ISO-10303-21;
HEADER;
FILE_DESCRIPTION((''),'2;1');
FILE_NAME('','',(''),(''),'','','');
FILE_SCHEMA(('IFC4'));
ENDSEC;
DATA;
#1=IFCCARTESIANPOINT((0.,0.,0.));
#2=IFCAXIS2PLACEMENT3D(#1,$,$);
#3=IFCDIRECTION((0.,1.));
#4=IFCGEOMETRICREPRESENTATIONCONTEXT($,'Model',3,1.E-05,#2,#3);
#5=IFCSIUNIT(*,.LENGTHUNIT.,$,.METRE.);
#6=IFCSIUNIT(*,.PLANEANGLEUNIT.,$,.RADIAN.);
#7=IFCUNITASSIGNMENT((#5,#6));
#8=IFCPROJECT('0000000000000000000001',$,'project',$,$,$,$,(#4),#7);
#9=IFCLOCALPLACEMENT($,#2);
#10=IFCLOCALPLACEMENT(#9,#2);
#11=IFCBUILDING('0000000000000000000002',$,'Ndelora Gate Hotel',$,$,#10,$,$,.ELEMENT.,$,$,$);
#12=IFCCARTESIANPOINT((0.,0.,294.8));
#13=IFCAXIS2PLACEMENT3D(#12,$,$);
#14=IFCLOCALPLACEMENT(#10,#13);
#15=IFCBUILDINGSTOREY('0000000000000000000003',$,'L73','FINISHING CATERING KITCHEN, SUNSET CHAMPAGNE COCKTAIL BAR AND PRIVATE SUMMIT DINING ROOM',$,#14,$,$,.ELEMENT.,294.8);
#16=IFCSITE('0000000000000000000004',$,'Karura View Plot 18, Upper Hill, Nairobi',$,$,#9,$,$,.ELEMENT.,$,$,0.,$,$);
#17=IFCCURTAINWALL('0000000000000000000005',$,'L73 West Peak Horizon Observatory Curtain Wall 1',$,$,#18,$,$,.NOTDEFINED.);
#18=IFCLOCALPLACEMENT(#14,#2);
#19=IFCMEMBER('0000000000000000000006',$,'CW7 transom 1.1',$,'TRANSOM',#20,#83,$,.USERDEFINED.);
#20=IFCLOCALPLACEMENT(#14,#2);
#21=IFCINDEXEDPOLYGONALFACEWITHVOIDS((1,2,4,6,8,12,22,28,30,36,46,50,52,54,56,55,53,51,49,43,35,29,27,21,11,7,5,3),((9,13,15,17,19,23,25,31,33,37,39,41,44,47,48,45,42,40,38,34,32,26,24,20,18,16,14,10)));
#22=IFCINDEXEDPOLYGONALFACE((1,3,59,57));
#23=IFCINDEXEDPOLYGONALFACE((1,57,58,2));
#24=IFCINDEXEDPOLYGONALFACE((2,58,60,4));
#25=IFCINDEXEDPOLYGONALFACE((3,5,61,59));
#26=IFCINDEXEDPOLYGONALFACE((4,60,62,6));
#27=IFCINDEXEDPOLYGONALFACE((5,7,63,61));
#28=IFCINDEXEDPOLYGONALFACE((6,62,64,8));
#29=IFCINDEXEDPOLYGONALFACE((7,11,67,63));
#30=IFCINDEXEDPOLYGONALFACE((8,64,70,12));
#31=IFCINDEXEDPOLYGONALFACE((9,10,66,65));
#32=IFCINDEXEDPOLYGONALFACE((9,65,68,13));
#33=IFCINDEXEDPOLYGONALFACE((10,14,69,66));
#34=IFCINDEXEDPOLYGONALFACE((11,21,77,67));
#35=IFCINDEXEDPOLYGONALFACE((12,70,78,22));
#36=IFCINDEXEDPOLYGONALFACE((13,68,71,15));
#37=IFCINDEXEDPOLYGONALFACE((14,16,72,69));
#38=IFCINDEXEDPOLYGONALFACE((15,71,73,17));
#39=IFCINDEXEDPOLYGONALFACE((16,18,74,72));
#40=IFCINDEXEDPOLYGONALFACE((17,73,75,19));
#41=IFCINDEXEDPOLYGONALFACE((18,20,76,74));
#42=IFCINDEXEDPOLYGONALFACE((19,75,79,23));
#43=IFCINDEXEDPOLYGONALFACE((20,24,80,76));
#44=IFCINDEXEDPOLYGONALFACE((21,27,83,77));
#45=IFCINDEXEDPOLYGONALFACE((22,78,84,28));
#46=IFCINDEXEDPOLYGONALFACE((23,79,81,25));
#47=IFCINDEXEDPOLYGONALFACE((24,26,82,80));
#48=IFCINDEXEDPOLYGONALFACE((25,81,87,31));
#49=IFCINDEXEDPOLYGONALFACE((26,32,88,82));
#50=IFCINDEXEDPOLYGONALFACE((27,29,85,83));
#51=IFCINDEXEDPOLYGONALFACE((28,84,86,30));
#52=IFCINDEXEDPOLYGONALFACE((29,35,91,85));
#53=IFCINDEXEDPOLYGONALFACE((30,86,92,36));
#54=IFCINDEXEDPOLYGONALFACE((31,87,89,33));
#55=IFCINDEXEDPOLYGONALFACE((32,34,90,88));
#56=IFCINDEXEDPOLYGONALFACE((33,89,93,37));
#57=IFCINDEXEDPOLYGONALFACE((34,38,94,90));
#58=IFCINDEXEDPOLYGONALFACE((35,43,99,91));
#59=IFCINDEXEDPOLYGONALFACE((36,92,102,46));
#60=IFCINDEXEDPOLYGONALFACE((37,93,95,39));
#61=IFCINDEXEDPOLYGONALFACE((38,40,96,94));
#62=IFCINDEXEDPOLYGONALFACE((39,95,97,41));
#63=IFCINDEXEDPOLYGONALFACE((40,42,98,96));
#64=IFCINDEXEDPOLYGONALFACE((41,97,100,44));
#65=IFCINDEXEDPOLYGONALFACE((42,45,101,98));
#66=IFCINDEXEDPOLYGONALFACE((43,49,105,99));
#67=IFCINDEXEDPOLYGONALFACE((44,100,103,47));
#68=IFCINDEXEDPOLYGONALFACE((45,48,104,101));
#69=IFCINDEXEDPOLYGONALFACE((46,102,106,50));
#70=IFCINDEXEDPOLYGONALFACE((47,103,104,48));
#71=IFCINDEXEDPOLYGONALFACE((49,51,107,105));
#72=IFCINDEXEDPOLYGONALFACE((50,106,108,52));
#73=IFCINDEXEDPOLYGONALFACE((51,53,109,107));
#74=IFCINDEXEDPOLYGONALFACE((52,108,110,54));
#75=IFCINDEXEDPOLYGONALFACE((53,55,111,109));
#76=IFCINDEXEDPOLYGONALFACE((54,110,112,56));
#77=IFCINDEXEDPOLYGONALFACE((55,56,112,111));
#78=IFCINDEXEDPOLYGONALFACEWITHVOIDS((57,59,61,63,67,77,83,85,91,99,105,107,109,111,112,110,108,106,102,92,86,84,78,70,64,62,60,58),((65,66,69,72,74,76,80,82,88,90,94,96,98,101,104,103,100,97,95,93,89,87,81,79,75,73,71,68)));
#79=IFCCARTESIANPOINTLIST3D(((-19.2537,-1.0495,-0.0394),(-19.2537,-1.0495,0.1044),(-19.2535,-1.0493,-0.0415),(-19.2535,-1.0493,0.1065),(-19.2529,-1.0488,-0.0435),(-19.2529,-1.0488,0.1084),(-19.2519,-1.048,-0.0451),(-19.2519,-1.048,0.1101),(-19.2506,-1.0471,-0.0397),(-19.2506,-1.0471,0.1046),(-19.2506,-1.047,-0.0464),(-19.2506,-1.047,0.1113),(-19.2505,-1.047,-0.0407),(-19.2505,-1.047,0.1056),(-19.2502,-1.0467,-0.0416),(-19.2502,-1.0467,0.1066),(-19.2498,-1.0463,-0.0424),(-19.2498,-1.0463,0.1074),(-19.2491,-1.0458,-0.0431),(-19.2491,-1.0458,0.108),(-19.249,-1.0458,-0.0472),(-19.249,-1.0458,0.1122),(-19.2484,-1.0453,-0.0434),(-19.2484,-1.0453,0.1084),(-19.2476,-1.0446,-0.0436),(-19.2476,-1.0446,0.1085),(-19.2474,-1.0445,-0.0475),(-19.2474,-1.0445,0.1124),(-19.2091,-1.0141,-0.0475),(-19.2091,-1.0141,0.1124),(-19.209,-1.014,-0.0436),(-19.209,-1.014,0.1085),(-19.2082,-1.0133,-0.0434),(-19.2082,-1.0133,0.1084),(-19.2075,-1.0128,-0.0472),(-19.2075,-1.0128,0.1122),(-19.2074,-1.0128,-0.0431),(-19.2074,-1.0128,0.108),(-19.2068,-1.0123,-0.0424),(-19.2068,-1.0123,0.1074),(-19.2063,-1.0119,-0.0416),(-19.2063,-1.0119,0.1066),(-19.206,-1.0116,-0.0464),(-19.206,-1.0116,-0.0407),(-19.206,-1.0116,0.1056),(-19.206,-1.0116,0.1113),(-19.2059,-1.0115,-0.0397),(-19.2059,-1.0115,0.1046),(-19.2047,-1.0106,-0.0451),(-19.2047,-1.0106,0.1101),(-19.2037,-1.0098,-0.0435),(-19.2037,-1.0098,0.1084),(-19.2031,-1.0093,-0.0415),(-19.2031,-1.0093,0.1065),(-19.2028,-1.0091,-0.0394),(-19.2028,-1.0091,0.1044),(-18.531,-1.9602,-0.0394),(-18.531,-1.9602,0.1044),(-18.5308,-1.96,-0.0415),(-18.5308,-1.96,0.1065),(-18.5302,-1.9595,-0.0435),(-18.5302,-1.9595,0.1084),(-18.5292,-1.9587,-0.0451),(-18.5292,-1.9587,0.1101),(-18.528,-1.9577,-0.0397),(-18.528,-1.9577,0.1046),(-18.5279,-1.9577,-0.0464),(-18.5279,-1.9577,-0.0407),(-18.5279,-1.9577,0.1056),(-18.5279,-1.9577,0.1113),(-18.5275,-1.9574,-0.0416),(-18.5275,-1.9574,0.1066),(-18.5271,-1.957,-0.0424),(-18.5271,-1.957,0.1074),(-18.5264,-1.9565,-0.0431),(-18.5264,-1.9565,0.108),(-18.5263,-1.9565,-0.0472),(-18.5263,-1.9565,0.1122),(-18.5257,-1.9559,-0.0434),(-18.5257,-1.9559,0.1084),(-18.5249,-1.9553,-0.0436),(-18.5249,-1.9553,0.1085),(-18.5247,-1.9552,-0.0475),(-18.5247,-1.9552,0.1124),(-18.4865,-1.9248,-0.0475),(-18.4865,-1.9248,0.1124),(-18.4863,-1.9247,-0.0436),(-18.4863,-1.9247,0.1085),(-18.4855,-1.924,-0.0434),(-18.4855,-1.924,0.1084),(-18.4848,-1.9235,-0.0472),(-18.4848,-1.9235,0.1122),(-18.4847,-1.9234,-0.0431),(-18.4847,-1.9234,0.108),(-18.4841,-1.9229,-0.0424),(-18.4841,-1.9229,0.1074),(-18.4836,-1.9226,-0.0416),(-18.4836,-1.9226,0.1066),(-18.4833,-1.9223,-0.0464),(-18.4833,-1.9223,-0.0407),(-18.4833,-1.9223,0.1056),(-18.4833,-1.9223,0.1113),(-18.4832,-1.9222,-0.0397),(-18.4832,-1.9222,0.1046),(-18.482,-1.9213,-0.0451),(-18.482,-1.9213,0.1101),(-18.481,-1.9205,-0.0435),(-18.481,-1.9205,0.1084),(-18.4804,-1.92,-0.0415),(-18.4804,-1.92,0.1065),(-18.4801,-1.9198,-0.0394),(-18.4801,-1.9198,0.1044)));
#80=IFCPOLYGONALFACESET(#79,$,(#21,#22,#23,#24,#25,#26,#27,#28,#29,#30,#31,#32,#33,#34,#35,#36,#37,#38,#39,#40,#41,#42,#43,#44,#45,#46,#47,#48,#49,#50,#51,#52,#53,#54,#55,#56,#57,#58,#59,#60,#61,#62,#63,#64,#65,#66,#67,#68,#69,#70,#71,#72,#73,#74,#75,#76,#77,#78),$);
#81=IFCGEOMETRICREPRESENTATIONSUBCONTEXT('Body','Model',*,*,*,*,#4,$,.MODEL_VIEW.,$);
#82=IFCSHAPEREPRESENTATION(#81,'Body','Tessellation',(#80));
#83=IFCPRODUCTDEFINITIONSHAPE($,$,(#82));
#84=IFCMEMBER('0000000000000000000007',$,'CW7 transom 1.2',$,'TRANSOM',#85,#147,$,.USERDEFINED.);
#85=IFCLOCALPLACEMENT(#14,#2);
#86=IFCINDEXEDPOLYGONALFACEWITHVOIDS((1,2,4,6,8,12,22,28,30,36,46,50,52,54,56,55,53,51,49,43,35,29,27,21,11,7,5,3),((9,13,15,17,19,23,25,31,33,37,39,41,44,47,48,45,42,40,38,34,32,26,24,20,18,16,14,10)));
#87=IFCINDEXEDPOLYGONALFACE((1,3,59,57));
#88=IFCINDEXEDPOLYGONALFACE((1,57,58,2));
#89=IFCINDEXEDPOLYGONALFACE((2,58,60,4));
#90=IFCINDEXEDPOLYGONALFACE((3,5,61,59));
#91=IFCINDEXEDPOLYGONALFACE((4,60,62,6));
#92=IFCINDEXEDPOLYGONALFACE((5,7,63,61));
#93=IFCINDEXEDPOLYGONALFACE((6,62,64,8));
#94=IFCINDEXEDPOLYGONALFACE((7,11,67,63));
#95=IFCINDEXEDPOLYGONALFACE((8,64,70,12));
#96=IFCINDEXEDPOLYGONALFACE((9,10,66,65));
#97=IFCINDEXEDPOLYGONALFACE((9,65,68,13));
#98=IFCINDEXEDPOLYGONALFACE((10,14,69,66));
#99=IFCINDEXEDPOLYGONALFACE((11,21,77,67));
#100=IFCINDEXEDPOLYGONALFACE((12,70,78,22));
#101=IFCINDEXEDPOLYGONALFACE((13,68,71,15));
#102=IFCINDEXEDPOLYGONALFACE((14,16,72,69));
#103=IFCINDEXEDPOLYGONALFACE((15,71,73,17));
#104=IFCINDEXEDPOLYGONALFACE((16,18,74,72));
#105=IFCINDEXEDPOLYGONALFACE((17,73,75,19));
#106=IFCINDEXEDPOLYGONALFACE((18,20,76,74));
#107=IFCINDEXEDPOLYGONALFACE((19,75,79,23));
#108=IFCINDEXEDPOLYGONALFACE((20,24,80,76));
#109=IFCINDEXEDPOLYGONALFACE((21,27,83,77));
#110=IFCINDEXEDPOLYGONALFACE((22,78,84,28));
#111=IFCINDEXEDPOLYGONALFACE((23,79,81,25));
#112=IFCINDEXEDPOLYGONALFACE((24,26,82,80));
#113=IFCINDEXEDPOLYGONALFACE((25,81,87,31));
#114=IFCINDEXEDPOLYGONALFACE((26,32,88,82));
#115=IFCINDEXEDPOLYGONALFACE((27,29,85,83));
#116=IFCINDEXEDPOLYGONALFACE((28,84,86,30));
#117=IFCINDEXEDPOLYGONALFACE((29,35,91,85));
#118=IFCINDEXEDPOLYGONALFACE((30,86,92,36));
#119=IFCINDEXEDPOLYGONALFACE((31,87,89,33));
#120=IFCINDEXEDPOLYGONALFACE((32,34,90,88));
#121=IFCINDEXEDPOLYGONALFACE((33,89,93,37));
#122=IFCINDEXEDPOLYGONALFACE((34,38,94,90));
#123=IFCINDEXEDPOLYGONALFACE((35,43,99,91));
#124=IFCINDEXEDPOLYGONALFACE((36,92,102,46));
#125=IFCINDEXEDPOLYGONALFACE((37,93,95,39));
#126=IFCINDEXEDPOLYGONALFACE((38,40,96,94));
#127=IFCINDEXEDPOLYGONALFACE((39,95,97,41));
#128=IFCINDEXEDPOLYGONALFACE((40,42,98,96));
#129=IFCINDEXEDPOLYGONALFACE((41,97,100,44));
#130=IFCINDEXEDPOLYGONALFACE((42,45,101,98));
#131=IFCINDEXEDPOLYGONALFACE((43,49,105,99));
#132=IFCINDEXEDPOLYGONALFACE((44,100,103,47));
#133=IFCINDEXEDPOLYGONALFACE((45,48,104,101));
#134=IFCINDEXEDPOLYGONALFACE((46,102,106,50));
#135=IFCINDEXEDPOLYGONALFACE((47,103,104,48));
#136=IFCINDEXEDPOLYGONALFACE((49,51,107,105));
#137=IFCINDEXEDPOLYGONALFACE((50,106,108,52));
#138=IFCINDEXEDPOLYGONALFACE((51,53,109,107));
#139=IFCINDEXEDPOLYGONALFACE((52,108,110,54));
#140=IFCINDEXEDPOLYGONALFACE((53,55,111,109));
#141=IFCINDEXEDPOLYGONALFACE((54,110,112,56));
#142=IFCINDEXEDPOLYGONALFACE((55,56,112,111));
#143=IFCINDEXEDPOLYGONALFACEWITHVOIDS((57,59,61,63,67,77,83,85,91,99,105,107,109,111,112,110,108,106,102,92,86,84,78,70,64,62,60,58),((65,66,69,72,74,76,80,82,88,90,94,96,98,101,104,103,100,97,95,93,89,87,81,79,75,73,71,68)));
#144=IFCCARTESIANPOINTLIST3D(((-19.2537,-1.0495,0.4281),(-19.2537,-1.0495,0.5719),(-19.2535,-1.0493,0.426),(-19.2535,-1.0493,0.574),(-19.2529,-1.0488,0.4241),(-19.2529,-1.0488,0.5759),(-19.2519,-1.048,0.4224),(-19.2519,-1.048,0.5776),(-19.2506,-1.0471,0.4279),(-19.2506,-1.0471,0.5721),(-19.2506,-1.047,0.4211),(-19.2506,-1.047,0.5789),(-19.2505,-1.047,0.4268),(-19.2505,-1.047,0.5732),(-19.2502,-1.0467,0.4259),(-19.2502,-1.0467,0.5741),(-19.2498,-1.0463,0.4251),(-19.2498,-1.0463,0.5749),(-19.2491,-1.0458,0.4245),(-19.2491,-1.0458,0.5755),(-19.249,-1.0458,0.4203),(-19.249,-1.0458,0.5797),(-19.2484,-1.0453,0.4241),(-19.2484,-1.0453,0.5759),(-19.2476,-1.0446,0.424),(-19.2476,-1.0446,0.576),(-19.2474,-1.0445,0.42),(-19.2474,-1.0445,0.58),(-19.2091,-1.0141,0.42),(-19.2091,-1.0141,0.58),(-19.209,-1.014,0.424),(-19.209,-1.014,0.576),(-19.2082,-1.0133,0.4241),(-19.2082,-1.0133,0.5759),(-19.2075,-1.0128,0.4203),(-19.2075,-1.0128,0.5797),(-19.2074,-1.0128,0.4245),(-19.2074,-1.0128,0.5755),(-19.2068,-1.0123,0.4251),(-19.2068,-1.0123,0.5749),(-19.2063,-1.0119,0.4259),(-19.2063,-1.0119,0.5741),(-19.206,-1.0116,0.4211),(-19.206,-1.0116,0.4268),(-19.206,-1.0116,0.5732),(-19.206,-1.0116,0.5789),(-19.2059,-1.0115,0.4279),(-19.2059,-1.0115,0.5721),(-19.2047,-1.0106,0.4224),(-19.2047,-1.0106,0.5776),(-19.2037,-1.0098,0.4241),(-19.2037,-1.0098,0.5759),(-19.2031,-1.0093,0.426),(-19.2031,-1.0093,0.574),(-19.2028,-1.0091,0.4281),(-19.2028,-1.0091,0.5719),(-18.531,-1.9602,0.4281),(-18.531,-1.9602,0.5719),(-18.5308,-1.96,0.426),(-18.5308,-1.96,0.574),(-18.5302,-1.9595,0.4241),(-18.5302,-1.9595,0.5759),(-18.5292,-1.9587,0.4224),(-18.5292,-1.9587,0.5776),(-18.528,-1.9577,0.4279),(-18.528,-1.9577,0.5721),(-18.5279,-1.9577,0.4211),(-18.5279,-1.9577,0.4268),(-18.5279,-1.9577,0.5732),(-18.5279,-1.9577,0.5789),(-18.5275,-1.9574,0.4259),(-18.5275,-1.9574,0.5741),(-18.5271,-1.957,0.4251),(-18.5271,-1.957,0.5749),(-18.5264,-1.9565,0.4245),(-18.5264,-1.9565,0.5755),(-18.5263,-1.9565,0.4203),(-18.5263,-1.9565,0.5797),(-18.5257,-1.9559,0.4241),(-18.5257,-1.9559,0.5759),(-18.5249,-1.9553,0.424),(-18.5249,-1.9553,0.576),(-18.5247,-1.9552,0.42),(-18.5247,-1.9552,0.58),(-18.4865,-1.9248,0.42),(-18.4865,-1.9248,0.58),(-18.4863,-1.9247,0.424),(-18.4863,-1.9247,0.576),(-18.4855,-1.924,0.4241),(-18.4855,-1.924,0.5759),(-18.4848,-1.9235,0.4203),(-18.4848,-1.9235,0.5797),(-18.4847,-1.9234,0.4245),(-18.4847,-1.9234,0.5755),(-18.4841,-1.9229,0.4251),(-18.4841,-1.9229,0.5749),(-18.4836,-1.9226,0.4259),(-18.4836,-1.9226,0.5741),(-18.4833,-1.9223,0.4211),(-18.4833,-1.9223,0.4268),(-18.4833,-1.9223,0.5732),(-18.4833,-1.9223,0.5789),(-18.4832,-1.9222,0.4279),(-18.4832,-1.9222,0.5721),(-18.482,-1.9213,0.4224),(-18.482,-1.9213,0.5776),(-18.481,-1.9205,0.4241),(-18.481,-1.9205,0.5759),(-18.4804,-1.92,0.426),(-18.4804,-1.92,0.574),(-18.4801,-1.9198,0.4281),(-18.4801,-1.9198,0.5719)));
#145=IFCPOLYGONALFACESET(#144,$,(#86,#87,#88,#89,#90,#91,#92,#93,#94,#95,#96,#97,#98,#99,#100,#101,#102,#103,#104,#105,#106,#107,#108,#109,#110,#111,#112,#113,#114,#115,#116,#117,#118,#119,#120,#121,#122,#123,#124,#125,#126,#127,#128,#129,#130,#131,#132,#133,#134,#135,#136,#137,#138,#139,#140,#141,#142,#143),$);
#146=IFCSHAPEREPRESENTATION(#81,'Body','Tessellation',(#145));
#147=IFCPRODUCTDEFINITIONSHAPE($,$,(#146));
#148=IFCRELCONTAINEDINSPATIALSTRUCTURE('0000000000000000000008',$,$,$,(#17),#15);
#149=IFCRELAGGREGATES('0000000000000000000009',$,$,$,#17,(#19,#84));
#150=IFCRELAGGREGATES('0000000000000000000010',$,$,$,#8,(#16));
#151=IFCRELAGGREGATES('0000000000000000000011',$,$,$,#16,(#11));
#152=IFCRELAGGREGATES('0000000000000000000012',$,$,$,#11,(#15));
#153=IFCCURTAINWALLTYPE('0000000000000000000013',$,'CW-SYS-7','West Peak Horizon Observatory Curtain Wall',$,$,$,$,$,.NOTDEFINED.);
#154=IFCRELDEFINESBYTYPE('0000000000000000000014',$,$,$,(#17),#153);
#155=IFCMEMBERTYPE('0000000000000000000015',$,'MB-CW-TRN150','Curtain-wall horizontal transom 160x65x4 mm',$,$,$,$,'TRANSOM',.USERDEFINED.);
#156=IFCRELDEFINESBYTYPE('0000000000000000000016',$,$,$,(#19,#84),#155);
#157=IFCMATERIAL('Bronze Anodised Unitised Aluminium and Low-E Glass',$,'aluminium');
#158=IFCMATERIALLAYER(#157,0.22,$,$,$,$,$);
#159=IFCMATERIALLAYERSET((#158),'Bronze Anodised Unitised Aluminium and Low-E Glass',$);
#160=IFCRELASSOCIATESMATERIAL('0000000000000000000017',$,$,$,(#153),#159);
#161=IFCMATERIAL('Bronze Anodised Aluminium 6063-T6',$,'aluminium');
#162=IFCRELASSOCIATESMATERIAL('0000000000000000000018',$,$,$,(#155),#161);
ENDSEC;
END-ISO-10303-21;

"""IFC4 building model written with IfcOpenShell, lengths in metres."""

from ifc_helpers import new_model, si_unit, direction, frame, origin, origin_2d, place, context, subcontext, project, spatial, hollow_rectangle, extrude, material, layer, layer_set, material_profile, profile_set, type_object, element, aggregate, save


model = new_model("IFC4")

# Units and contexts
model_context = context("Model", 3, precision=1e-05, world=origin(), true_north=direction((0.0, 1.0)))
body_context = subcontext(model_context, "Body", "Model", "MODEL_VIEW")
ifc_project = project(units=[si_unit("LENGTHUNIT", "METRE"), si_unit("PLANEANGLEUNIT", "RADIAN")], contexts=[model_context])

# Site, building, storey
site_placement = place(None, origin())
site = spatial("IfcSite", under=ifc_project, at=site_placement, Name="Karura View Plot 18, Upper Hill, Nairobi", CompositionType="ELEMENT", RefElevation=0.0)
building_placement = place(site_placement, origin())
building = spatial("IfcBuilding", under=site, at=building_placement, Name="Ndelora Gate Hotel", CompositionType="ELEMENT")
storey_placement = place(building_placement, frame((0.0, 0.0, 294.8)))
storey = spatial("IfcBuildingStorey", under=building, at=storey_placement, Name="L73", Description="FINISHING CATERING KITCHEN, SUNSET CHAMPAGNE COCKTAIL BAR AND PRIVATE SUMMIT DINING ROOM", CompositionType="ELEMENT", Elevation=294.8)

# Curtain wall
ifc_material_1 = material(Name="Bronze Anodised Unitised Aluminium and Low-E Glass", Category="aluminium")
ifc_layer_1 = layer(ifc_material_1, 0.22)
ifc_layer_set_1 = layer_set([ifc_layer_1], Name="Bronze Anodised Unitised Aluminium and Low-E Glass")
curtain_wall_type = type_object("IfcCurtainWallType", Name="CW-SYS-7", Description="West Peak Horizon Observatory Curtain Wall", PredefinedType="NOTDEFINED", material=ifc_layer_set_1)
curtain_wall_1_placement = place(storey_placement, origin())
curtain_wall_1 = element("IfcCurtainWall", 1, at=curtain_wall_1_placement, inside=storey, type_object=curtain_wall_type, Name="L73 West Peak Horizon Observatory Curtain Wall 1", PredefinedType="NOTDEFINED")
ifc_material_2 = material(Name="Bronze Anodised Aluminium 6063-T6", Category="aluminium")

# Members
ifc_material_profile_1 = material_profile(ifc_material_2, hollow_rectangle(XDim=0.0649, YDim=0.1599, WallThickness=0.0039, InnerFilletRadius=0.0039, OuterFilletRadius=0.0081, at=origin_2d()), Name="ALU 160x65x4")
ifc_profile_set_1 = profile_set([ifc_material_profile_1], Name="Bronze Anodised Aluminium 6063-T6")
member_type_1 = type_object("IfcMemberType", Name="MB-CW-TRN150", Description="Curtain-wall horizontal transom 160x65x4 mm", ElementType="TRANSOM", PredefinedType="USERDEFINED", material=ifc_profile_set_1)
member_1_placement = place(storey_placement, frame((-19.2283, -1.0293, 0.0325), z_axis=(0.621617, -0.783321, 0.0), x_axis=(0.783321, 0.621617, 0.0)))
member_1 = element("IfcMember", 2, at=member_1_placement, type_object=member_type_1, Name="CW7 transom 1.1", ObjectType="TRANSOM", PredefinedType="USERDEFINED", context=body_context, shape_type="SweptSolid", body=[
    extrude(hollow_rectangle(XDim=0.0649, YDim=0.1599, WallThickness=0.0039, InnerFilletRadius=0.0039, OuterFilletRadius=0.0081, at=origin_2d()), origin(), (0.0, 0.0, 1.0), 1.1626),
])
member_2_placement = place(storey_placement, frame((-19.2283, -1.0293, 0.5), z_axis=(0.621617, -0.783321, 0.0), x_axis=(0.783321, 0.621617, 0.0)))
member_2 = element("IfcMember", 3, at=member_2_placement, type_object=member_type_1, Name="CW7 transom 1.2", ObjectType="TRANSOM", PredefinedType="USERDEFINED", context=body_context, shape_type="SweptSolid", body=[
    extrude(hollow_rectangle(XDim=0.0649, YDim=0.1599, WallThickness=0.0039, InnerFilletRadius=0.0039, OuterFilletRadius=0.0081, at=origin_2d()), origin(), (0.0, 0.0, 1.0), 1.1626),
])

aggregate(curtain_wall_1, [member_1, member_2])

save(model, "model.ifc")
